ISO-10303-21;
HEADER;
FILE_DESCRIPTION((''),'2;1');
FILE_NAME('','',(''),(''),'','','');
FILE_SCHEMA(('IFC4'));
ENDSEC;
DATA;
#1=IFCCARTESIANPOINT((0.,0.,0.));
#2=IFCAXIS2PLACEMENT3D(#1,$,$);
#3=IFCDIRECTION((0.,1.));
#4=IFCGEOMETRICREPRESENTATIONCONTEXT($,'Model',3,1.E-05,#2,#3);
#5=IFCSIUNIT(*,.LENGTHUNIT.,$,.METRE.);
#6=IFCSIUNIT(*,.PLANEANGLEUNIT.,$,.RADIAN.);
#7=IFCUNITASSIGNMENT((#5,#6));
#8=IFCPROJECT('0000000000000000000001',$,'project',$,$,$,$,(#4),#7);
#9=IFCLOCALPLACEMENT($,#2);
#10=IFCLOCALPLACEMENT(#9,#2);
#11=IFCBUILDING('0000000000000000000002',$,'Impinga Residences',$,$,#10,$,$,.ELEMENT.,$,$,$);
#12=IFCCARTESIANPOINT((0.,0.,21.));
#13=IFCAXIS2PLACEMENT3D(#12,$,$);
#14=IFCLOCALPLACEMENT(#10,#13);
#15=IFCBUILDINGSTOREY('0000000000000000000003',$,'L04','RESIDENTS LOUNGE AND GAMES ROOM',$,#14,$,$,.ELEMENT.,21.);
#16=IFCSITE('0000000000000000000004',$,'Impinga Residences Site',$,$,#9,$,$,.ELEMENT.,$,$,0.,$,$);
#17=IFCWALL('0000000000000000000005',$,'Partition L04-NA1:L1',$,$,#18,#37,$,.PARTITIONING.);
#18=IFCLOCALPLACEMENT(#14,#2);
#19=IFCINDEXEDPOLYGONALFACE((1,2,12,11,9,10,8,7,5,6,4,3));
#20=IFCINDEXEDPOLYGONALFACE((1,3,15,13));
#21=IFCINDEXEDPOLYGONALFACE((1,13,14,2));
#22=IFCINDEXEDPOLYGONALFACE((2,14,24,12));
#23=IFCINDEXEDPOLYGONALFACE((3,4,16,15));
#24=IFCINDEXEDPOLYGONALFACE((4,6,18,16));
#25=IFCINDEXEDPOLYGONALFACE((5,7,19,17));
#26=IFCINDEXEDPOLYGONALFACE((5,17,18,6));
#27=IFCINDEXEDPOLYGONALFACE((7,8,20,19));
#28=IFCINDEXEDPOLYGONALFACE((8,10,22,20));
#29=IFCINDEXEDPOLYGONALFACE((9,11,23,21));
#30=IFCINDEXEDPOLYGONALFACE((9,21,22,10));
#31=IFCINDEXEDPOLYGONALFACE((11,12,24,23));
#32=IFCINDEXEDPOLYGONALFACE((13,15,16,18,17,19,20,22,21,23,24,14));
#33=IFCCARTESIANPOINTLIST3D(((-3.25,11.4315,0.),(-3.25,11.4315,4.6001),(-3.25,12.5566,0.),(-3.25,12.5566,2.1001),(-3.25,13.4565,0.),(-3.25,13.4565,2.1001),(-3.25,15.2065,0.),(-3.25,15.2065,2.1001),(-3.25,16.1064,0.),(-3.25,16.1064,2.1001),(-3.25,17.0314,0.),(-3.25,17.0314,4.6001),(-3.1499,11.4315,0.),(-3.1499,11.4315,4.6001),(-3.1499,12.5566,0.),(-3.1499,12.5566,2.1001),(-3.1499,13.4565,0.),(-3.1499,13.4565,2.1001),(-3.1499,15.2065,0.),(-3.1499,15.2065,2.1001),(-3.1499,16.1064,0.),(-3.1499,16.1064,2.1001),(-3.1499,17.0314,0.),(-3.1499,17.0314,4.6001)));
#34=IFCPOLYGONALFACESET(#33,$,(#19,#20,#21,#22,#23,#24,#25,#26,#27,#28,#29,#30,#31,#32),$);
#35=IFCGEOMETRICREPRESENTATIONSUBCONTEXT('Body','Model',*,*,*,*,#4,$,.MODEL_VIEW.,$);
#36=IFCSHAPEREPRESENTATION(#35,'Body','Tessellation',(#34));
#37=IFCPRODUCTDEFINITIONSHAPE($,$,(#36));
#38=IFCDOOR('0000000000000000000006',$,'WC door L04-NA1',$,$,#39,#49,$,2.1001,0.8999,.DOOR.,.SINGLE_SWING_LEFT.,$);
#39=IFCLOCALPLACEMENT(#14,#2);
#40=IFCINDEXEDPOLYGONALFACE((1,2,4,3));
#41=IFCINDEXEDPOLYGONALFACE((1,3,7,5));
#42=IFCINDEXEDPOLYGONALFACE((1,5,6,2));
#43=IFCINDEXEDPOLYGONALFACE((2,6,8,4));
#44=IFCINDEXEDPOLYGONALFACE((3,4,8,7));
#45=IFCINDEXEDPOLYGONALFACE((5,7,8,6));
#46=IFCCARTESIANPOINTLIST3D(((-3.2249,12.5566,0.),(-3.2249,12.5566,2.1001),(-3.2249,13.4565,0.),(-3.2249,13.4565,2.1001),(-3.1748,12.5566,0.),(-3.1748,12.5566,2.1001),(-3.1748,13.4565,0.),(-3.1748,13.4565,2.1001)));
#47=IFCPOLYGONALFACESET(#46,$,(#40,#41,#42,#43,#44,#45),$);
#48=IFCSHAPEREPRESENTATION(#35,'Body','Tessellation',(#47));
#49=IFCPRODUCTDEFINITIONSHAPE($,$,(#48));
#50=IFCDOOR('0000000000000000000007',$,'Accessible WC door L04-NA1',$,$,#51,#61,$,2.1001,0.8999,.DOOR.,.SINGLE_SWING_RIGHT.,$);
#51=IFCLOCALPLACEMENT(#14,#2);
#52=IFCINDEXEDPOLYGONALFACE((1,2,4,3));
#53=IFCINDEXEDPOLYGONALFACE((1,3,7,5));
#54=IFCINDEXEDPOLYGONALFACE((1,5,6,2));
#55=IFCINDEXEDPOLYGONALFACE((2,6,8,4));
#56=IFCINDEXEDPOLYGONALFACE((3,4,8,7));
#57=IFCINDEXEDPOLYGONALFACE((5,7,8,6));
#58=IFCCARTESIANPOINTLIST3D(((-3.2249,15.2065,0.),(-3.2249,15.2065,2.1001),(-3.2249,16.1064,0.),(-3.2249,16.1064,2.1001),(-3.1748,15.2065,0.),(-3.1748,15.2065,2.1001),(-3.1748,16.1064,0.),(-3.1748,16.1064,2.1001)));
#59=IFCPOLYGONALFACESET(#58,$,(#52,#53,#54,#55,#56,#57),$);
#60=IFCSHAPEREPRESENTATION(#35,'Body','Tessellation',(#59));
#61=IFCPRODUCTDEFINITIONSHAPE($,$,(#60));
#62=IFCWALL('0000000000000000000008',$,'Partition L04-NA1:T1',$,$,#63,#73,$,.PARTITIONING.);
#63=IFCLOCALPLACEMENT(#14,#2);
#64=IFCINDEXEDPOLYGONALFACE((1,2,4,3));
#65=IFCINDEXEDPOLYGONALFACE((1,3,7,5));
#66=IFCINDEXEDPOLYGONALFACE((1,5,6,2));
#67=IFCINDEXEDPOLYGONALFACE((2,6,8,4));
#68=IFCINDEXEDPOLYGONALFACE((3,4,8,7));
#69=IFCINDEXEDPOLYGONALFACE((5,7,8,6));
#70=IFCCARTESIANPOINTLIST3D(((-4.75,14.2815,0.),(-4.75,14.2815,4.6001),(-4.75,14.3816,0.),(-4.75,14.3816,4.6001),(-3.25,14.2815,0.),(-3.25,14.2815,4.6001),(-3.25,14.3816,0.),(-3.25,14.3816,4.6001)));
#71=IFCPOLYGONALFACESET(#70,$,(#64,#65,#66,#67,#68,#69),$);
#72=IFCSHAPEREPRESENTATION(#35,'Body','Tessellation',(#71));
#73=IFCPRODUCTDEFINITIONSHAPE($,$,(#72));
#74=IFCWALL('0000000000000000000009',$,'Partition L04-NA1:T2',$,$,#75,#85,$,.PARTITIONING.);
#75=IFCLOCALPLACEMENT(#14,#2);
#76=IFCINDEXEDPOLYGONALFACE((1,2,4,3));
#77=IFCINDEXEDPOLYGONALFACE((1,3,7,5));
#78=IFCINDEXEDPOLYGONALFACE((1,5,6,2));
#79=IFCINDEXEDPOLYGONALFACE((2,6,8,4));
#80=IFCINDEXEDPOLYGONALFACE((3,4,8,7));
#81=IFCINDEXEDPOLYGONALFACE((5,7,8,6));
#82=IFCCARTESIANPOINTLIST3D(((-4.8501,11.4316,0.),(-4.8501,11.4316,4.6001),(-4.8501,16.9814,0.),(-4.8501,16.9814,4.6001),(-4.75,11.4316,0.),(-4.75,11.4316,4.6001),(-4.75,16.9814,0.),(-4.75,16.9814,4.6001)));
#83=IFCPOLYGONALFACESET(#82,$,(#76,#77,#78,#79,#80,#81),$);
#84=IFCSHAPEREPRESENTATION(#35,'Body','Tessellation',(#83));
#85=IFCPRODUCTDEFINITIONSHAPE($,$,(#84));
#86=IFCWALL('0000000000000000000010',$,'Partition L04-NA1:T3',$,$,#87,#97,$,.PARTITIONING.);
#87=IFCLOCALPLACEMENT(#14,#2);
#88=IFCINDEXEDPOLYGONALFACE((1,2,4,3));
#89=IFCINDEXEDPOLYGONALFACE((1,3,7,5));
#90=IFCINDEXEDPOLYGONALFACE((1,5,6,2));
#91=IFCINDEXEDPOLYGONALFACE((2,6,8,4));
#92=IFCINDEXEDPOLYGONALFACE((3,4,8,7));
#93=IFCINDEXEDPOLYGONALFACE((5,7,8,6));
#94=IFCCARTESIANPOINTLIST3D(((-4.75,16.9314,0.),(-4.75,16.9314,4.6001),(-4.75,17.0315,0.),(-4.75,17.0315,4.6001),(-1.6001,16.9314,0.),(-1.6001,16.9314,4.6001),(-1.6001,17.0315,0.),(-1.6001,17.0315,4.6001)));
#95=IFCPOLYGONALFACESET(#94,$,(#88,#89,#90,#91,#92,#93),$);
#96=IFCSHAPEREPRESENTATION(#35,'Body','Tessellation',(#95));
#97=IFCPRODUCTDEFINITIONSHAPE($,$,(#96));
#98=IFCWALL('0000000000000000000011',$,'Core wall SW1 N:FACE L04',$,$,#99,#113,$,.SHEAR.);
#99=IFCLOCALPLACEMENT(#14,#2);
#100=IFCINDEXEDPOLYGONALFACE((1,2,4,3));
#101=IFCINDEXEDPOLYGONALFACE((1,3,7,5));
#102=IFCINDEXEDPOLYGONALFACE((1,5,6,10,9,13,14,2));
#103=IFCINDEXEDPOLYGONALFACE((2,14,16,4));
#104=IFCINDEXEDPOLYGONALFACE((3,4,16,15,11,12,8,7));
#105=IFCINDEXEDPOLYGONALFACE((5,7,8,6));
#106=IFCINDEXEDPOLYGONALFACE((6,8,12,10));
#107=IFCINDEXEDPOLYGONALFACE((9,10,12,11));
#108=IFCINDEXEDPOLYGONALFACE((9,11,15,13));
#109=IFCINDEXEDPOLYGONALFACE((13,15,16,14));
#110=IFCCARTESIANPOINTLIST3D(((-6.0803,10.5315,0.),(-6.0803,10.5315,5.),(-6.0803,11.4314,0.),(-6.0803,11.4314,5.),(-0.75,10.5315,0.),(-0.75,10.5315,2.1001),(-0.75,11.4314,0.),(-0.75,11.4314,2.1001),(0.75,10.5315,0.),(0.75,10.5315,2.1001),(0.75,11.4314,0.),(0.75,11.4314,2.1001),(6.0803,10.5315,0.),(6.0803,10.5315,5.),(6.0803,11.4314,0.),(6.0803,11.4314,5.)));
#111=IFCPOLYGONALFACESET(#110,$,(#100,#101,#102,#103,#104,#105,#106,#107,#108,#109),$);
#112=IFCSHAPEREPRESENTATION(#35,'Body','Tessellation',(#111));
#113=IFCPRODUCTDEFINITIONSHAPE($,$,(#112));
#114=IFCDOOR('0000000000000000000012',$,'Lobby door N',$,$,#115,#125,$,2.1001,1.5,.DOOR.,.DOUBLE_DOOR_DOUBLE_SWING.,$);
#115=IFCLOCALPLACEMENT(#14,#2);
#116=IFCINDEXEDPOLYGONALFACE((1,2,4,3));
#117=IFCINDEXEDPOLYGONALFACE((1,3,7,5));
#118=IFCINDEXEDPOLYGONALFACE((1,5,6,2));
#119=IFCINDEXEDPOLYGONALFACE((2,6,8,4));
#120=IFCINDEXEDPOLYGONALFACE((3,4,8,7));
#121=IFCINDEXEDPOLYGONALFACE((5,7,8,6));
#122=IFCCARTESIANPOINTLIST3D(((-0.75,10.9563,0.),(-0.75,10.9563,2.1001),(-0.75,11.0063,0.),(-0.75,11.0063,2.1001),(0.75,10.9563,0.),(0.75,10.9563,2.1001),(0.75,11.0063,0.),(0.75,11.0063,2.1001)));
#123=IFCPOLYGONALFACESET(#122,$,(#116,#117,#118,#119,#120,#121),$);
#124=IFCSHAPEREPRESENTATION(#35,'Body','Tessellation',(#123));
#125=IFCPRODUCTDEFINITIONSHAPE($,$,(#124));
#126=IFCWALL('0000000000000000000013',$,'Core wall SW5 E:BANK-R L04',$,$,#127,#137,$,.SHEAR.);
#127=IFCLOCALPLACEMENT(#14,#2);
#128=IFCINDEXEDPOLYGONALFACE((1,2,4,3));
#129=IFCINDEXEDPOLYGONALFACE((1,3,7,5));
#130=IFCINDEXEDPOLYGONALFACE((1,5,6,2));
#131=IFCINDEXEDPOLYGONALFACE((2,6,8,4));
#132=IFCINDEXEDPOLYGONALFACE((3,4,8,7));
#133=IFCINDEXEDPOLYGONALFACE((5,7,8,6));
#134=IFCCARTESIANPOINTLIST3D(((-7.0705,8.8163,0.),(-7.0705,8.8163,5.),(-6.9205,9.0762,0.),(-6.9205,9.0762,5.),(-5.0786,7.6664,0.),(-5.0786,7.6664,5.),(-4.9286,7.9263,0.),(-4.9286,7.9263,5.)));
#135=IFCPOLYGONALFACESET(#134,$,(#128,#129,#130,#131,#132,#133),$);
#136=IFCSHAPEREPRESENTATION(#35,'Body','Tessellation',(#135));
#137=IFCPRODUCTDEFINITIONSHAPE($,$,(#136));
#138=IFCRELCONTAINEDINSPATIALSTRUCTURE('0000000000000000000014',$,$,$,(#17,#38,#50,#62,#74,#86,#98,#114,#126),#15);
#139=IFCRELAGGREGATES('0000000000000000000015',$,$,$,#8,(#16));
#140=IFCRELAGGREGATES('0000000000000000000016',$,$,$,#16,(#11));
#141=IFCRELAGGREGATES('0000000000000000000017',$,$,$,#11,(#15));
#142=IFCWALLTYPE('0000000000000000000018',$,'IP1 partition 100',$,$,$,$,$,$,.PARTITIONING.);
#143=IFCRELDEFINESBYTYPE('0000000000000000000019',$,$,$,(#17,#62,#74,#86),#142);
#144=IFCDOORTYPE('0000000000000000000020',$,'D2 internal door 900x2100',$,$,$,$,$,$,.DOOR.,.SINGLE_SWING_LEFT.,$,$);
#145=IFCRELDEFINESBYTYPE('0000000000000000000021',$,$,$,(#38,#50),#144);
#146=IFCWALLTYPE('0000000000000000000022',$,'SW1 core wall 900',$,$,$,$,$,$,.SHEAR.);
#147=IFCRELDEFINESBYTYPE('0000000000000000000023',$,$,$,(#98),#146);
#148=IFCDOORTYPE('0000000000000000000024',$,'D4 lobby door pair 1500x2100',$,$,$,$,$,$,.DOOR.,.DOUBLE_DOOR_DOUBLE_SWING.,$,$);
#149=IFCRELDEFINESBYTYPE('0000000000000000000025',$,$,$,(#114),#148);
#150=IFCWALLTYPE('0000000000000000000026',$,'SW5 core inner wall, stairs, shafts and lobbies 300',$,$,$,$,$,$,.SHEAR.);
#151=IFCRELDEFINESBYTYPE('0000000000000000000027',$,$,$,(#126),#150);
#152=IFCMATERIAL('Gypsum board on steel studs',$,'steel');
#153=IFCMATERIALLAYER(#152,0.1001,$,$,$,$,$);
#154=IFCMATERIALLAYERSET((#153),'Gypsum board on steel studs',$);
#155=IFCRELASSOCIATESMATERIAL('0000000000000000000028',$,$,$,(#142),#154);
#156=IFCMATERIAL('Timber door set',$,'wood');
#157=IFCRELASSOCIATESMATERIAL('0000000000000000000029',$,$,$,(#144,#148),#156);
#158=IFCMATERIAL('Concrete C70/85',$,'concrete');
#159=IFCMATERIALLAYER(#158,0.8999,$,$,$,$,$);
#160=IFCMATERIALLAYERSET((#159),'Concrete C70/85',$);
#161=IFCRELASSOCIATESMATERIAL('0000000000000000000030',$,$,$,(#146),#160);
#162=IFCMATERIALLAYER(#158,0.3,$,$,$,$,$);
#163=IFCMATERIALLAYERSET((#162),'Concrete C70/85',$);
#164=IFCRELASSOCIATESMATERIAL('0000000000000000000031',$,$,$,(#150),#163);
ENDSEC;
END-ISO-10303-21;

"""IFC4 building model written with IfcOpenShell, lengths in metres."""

from ifc_helpers import new_model, si_unit, direction, frame, frame_2d, origin, place, context, subcontext, project, spatial, rectangle, extrude, material, layer, layer_set, type_object, element, fill, save


model = new_model("IFC4")

# Units and contexts
model_context = context("Model", 3, precision=1e-05, world=origin(), true_north=direction((0.0, 1.0)))
body_context = subcontext(model_context, "Body", "Model", "MODEL_VIEW")
ifc_project = project(units=[si_unit("LENGTHUNIT", "METRE"), si_unit("PLANEANGLEUNIT", "RADIAN")], contexts=[model_context])

# Site, building, storey
site_placement = place(None, origin())
site = spatial("IfcSite", under=ifc_project, at=site_placement, Name="Impinga Residences Site", CompositionType="ELEMENT", RefElevation=0.0)
building_placement = place(site_placement, origin())
building = spatial("IfcBuilding", under=site, at=building_placement, Name="Impinga Residences", CompositionType="ELEMENT")
storey_placement = place(building_placement, frame((0.0, 0.0, 21.0)))
storey = spatial("IfcBuildingStorey", under=building, at=storey_placement, Name="L04", Description="RESIDENTS LOUNGE AND GAMES ROOM", CompositionType="ELEMENT", Elevation=21.0)

# Shared definitions
ifc_material_1 = material(Name="Concrete C70/85", Category="concrete")

# Wall, openings, doors
ifc_material_2 = material(Name="Timber door set", Category="wood")
ifc_material_3 = material(Name="Gypsum board on steel studs", Category="steel")
ifc_layer_1 = layer(ifc_material_3, 0.1001)
ifc_layer_set_1 = layer_set([ifc_layer_1], Name="Gypsum board on steel studs")
wall_type_1 = type_object("IfcWallType", Name="IP1 partition 100", PredefinedType="PARTITIONING", material=ifc_layer_set_1)
wall_1_placement = place(storey_placement, frame((-3.2, 11.4316, 0.0), z_axis=(0.0, 0.0, 1.0), x_axis=(0.0, 1.0, 0.0)))
wall_1 = element("IfcWall", 1, at=wall_1_placement, inside=storey, type_object=wall_type_1, Name="Partition L04-NA1:L1", PredefinedType="PARTITIONING", context=body_context, shape_type="SweptSolid", body=[
    extrude(rectangle(XDim=5.5999, YDim=0.1001, at=frame_2d((2.7998, 0.0))), origin(), (0.0, 0.0, 1.0), 4.6001),
])
opening_1_placement = place(wall_1_placement, frame((1.125, 0.0, 0.0)))
opening_1 = element("IfcOpeningElement", 2, at=opening_1_placement, cuts=wall_1, PredefinedType="OPENING", context=body_context, shape_type="SweptSolid", body=[
    extrude(rectangle(XDim=0.8999, YDim=2.1001, at=frame_2d((0.45, 1.05))), frame((0.0, 0.0601, 0.0), z_axis=(0.0, -1.0, 0.0), x_axis=(1.0, 0.0, 0.0)), (0.0, 0.0, 1.0), 0.1201),
])
opening_2_placement = place(wall_1_placement, frame((3.7749, 0.0, 0.0)))
opening_2 = element("IfcOpeningElement", 3, at=opening_2_placement, cuts=wall_1, PredefinedType="OPENING", context=body_context, shape_type="SweptSolid", body=[
    extrude(rectangle(XDim=0.8999, YDim=2.1001, at=frame_2d((0.45, 1.05))), frame((0.0, 0.0601, 0.0), z_axis=(0.0, -1.0, 0.0), x_axis=(1.0, 0.0, 0.0)), (0.0, 0.0, 1.0), 0.1201),
])
door_type_1 = type_object("IfcDoorType", Name="D2 internal door 900x2100", OperationType="SINGLE_SWING_LEFT", PredefinedType="DOOR", material=ifc_material_2)
door_1_placement = place(opening_1_placement, origin())
door_1 = element("IfcDoor", 4, at=door_1_placement, inside=storey, type_object=door_type_1, Name="WC door L04-NA1", OperationType="SINGLE_SWING_LEFT", OverallHeight=2.1001, OverallWidth=0.8999, PredefinedType="DOOR", context=body_context, shape_type="SweptSolid", body=[
    extrude(rectangle(XDim=0.8999, YDim=2.1001, at=frame_2d((0.45, 1.05))), frame((0.0, 0.0249, 0.0), z_axis=(0.0, -1.0, 0.0), x_axis=(1.0, 0.0, 0.0)), (0.0, 0.0, 1.0), 0.05),
])
fill(opening_1, door_1)
door_2_placement = place(opening_2_placement, origin())
door_2 = element("IfcDoor", 5, at=door_2_placement, inside=storey, type_object=door_type_1, Name="Accessible WC door L04-NA1", OperationType="SINGLE_SWING_RIGHT", OverallHeight=2.1001, OverallWidth=0.8999, PredefinedType="DOOR", context=body_context, shape_type="SweptSolid", body=[
    extrude(rectangle(XDim=0.8999, YDim=2.1001, at=frame_2d((0.45, 1.05))), frame((0.0, 0.0249, 0.0), z_axis=(0.0, -1.0, 0.0), x_axis=(1.0, 0.0, 0.0)), (0.0, 0.0, 1.0), 0.05),
])
fill(opening_2, door_2)

# Walls
wall_2_placement = place(storey_placement, frame((-3.25, 14.3315, 0.0), z_axis=(0.0, 0.0, 1.0), x_axis=(-1.0, 0.0, 0.0)))
element("IfcWall", 6, at=wall_2_placement, inside=storey, type_object=wall_type_1, Name="Partition L04-NA1:T1", PredefinedType="PARTITIONING", context=body_context, shape_type="SweptSolid", body=[
    extrude(rectangle(XDim=1.5, YDim=0.1001, at=frame_2d((0.75, 0.0))), origin(), (0.0, 0.0, 1.0), 4.6001),
])
wall_3_placement = place(storey_placement, frame((-4.8, 11.4316, 0.0), z_axis=(0.0, 0.0, 1.0), x_axis=(0.0, 1.0, 0.0)))
element("IfcWall", 7, at=wall_3_placement, inside=storey, type_object=wall_type_1, Name="Partition L04-NA1:T2", PredefinedType="PARTITIONING", context=body_context, shape_type="SweptSolid", body=[
    extrude(rectangle(XDim=5.5498, YDim=0.1001, at=frame_2d((2.7749, 0.0))), origin(), (0.0, 0.0, 1.0), 4.6001),
])
wall_4_placement = place(storey_placement, frame((-1.6001, 16.9814, 0.0), z_axis=(0.0, 0.0, 1.0), x_axis=(-1.0, 0.0, 0.0)))
element("IfcWall", 8, at=wall_4_placement, inside=storey, type_object=wall_type_1, Name="Partition L04-NA1:T3", PredefinedType="PARTITIONING", context=body_context, shape_type="SweptSolid", body=[
    extrude(rectangle(XDim=3.1499, YDim=0.1001, at=frame_2d((1.575, 0.0))), origin(), (0.0, 0.0, 1.0), 4.6001),
])

# Wall, opening, door
ifc_layer_2 = layer(ifc_material_1, 0.8999)
ifc_layer_set_2 = layer_set([ifc_layer_2], Name="Concrete C70/85")
wall_type_2 = type_object("IfcWallType", Name="SW1 core wall 900", PredefinedType="SHEAR", material=ifc_layer_set_2)
wall_5_placement = place(storey_placement, frame((-6.0803, 10.9814, 0.0), z_axis=(0.0, 0.0, 1.0), x_axis=(1.0, 0.0, 0.0)))
wall_5 = element("IfcWall", 9, at=wall_5_placement, inside=storey, type_object=wall_type_2, Name="Core wall SW1 N:FACE L04", PredefinedType="SHEAR", context=body_context, shape_type="SweptSolid", body=[
    extrude(rectangle(XDim=12.1606, YDim=0.8999, at=frame_2d((6.0803, 0.0))), origin(), (0.0, 0.0, 1.0), 5.0),
])
opening_3_placement = place(wall_5_placement, frame((5.3303, 0.0, 0.0)))
opening_3 = element("IfcOpeningElement", 10, at=opening_3_placement, cuts=wall_5, PredefinedType="OPENING", context=body_context, shape_type="SweptSolid", body=[
    extrude(rectangle(XDim=1.5, YDim=2.1001, at=frame_2d((0.75, 1.05))), frame((0.0, 0.46, 0.0), z_axis=(0.0, -1.0, 0.0), x_axis=(1.0, 0.0, 0.0)), (0.0, 0.0, 1.0), 0.9199),
])
door_type_2 = type_object("IfcDoorType", Name="D4 lobby door pair 1500x2100", OperationType="DOUBLE_DOOR_DOUBLE_SWING", PredefinedType="DOOR", material=ifc_material_2)
door_3_placement = place(opening_3_placement, origin())
door_3 = element("IfcDoor", 11, at=door_3_placement, inside=storey, type_object=door_type_2, Name="Lobby door N", OperationType="DOUBLE_DOOR_DOUBLE_SWING", OverallHeight=2.1001, OverallWidth=1.5, PredefinedType="DOOR", context=body_context, shape_type="SweptSolid", body=[
    extrude(rectangle(XDim=1.5, YDim=2.1001, at=frame_2d((0.75, 1.05))), frame((0.0, 0.0249, 0.0), z_axis=(0.0, -1.0, 0.0), x_axis=(1.0, 0.0, 0.0)), (0.0, 0.0, 1.0), 0.05),
])
fill(opening_3, door_3)

# Wall
ifc_layer_3 = layer(ifc_material_1, 0.3)
ifc_layer_set_3 = layer_set([ifc_layer_3], Name="Concrete C70/85")
wall_type_3 = type_object("IfcWallType", Name="SW5 core inner wall, stairs, shafts and lobbies 300", PredefinedType="SHEAR", material=ifc_layer_set_3)
wall_6_placement = place(storey_placement, frame((-5.0037, 7.7964, 0.0), z_axis=(0.0, 0.0, 1.0), x_axis=(-0.866053, 0.499952, 0.0)))
element("IfcWall", 12, at=wall_6_placement, inside=storey, type_object=wall_type_3, Name="Core wall SW5 E:BANK-R L04", PredefinedType="SHEAR", context=body_context, shape_type="SweptSolid", body=[
    extrude(rectangle(XDim=2.3, YDim=0.3, at=frame_2d((1.1499, 0.0))), origin(), (0.0, 0.0, 1.0), 5.0),
])

save(model, "model.ifc")
